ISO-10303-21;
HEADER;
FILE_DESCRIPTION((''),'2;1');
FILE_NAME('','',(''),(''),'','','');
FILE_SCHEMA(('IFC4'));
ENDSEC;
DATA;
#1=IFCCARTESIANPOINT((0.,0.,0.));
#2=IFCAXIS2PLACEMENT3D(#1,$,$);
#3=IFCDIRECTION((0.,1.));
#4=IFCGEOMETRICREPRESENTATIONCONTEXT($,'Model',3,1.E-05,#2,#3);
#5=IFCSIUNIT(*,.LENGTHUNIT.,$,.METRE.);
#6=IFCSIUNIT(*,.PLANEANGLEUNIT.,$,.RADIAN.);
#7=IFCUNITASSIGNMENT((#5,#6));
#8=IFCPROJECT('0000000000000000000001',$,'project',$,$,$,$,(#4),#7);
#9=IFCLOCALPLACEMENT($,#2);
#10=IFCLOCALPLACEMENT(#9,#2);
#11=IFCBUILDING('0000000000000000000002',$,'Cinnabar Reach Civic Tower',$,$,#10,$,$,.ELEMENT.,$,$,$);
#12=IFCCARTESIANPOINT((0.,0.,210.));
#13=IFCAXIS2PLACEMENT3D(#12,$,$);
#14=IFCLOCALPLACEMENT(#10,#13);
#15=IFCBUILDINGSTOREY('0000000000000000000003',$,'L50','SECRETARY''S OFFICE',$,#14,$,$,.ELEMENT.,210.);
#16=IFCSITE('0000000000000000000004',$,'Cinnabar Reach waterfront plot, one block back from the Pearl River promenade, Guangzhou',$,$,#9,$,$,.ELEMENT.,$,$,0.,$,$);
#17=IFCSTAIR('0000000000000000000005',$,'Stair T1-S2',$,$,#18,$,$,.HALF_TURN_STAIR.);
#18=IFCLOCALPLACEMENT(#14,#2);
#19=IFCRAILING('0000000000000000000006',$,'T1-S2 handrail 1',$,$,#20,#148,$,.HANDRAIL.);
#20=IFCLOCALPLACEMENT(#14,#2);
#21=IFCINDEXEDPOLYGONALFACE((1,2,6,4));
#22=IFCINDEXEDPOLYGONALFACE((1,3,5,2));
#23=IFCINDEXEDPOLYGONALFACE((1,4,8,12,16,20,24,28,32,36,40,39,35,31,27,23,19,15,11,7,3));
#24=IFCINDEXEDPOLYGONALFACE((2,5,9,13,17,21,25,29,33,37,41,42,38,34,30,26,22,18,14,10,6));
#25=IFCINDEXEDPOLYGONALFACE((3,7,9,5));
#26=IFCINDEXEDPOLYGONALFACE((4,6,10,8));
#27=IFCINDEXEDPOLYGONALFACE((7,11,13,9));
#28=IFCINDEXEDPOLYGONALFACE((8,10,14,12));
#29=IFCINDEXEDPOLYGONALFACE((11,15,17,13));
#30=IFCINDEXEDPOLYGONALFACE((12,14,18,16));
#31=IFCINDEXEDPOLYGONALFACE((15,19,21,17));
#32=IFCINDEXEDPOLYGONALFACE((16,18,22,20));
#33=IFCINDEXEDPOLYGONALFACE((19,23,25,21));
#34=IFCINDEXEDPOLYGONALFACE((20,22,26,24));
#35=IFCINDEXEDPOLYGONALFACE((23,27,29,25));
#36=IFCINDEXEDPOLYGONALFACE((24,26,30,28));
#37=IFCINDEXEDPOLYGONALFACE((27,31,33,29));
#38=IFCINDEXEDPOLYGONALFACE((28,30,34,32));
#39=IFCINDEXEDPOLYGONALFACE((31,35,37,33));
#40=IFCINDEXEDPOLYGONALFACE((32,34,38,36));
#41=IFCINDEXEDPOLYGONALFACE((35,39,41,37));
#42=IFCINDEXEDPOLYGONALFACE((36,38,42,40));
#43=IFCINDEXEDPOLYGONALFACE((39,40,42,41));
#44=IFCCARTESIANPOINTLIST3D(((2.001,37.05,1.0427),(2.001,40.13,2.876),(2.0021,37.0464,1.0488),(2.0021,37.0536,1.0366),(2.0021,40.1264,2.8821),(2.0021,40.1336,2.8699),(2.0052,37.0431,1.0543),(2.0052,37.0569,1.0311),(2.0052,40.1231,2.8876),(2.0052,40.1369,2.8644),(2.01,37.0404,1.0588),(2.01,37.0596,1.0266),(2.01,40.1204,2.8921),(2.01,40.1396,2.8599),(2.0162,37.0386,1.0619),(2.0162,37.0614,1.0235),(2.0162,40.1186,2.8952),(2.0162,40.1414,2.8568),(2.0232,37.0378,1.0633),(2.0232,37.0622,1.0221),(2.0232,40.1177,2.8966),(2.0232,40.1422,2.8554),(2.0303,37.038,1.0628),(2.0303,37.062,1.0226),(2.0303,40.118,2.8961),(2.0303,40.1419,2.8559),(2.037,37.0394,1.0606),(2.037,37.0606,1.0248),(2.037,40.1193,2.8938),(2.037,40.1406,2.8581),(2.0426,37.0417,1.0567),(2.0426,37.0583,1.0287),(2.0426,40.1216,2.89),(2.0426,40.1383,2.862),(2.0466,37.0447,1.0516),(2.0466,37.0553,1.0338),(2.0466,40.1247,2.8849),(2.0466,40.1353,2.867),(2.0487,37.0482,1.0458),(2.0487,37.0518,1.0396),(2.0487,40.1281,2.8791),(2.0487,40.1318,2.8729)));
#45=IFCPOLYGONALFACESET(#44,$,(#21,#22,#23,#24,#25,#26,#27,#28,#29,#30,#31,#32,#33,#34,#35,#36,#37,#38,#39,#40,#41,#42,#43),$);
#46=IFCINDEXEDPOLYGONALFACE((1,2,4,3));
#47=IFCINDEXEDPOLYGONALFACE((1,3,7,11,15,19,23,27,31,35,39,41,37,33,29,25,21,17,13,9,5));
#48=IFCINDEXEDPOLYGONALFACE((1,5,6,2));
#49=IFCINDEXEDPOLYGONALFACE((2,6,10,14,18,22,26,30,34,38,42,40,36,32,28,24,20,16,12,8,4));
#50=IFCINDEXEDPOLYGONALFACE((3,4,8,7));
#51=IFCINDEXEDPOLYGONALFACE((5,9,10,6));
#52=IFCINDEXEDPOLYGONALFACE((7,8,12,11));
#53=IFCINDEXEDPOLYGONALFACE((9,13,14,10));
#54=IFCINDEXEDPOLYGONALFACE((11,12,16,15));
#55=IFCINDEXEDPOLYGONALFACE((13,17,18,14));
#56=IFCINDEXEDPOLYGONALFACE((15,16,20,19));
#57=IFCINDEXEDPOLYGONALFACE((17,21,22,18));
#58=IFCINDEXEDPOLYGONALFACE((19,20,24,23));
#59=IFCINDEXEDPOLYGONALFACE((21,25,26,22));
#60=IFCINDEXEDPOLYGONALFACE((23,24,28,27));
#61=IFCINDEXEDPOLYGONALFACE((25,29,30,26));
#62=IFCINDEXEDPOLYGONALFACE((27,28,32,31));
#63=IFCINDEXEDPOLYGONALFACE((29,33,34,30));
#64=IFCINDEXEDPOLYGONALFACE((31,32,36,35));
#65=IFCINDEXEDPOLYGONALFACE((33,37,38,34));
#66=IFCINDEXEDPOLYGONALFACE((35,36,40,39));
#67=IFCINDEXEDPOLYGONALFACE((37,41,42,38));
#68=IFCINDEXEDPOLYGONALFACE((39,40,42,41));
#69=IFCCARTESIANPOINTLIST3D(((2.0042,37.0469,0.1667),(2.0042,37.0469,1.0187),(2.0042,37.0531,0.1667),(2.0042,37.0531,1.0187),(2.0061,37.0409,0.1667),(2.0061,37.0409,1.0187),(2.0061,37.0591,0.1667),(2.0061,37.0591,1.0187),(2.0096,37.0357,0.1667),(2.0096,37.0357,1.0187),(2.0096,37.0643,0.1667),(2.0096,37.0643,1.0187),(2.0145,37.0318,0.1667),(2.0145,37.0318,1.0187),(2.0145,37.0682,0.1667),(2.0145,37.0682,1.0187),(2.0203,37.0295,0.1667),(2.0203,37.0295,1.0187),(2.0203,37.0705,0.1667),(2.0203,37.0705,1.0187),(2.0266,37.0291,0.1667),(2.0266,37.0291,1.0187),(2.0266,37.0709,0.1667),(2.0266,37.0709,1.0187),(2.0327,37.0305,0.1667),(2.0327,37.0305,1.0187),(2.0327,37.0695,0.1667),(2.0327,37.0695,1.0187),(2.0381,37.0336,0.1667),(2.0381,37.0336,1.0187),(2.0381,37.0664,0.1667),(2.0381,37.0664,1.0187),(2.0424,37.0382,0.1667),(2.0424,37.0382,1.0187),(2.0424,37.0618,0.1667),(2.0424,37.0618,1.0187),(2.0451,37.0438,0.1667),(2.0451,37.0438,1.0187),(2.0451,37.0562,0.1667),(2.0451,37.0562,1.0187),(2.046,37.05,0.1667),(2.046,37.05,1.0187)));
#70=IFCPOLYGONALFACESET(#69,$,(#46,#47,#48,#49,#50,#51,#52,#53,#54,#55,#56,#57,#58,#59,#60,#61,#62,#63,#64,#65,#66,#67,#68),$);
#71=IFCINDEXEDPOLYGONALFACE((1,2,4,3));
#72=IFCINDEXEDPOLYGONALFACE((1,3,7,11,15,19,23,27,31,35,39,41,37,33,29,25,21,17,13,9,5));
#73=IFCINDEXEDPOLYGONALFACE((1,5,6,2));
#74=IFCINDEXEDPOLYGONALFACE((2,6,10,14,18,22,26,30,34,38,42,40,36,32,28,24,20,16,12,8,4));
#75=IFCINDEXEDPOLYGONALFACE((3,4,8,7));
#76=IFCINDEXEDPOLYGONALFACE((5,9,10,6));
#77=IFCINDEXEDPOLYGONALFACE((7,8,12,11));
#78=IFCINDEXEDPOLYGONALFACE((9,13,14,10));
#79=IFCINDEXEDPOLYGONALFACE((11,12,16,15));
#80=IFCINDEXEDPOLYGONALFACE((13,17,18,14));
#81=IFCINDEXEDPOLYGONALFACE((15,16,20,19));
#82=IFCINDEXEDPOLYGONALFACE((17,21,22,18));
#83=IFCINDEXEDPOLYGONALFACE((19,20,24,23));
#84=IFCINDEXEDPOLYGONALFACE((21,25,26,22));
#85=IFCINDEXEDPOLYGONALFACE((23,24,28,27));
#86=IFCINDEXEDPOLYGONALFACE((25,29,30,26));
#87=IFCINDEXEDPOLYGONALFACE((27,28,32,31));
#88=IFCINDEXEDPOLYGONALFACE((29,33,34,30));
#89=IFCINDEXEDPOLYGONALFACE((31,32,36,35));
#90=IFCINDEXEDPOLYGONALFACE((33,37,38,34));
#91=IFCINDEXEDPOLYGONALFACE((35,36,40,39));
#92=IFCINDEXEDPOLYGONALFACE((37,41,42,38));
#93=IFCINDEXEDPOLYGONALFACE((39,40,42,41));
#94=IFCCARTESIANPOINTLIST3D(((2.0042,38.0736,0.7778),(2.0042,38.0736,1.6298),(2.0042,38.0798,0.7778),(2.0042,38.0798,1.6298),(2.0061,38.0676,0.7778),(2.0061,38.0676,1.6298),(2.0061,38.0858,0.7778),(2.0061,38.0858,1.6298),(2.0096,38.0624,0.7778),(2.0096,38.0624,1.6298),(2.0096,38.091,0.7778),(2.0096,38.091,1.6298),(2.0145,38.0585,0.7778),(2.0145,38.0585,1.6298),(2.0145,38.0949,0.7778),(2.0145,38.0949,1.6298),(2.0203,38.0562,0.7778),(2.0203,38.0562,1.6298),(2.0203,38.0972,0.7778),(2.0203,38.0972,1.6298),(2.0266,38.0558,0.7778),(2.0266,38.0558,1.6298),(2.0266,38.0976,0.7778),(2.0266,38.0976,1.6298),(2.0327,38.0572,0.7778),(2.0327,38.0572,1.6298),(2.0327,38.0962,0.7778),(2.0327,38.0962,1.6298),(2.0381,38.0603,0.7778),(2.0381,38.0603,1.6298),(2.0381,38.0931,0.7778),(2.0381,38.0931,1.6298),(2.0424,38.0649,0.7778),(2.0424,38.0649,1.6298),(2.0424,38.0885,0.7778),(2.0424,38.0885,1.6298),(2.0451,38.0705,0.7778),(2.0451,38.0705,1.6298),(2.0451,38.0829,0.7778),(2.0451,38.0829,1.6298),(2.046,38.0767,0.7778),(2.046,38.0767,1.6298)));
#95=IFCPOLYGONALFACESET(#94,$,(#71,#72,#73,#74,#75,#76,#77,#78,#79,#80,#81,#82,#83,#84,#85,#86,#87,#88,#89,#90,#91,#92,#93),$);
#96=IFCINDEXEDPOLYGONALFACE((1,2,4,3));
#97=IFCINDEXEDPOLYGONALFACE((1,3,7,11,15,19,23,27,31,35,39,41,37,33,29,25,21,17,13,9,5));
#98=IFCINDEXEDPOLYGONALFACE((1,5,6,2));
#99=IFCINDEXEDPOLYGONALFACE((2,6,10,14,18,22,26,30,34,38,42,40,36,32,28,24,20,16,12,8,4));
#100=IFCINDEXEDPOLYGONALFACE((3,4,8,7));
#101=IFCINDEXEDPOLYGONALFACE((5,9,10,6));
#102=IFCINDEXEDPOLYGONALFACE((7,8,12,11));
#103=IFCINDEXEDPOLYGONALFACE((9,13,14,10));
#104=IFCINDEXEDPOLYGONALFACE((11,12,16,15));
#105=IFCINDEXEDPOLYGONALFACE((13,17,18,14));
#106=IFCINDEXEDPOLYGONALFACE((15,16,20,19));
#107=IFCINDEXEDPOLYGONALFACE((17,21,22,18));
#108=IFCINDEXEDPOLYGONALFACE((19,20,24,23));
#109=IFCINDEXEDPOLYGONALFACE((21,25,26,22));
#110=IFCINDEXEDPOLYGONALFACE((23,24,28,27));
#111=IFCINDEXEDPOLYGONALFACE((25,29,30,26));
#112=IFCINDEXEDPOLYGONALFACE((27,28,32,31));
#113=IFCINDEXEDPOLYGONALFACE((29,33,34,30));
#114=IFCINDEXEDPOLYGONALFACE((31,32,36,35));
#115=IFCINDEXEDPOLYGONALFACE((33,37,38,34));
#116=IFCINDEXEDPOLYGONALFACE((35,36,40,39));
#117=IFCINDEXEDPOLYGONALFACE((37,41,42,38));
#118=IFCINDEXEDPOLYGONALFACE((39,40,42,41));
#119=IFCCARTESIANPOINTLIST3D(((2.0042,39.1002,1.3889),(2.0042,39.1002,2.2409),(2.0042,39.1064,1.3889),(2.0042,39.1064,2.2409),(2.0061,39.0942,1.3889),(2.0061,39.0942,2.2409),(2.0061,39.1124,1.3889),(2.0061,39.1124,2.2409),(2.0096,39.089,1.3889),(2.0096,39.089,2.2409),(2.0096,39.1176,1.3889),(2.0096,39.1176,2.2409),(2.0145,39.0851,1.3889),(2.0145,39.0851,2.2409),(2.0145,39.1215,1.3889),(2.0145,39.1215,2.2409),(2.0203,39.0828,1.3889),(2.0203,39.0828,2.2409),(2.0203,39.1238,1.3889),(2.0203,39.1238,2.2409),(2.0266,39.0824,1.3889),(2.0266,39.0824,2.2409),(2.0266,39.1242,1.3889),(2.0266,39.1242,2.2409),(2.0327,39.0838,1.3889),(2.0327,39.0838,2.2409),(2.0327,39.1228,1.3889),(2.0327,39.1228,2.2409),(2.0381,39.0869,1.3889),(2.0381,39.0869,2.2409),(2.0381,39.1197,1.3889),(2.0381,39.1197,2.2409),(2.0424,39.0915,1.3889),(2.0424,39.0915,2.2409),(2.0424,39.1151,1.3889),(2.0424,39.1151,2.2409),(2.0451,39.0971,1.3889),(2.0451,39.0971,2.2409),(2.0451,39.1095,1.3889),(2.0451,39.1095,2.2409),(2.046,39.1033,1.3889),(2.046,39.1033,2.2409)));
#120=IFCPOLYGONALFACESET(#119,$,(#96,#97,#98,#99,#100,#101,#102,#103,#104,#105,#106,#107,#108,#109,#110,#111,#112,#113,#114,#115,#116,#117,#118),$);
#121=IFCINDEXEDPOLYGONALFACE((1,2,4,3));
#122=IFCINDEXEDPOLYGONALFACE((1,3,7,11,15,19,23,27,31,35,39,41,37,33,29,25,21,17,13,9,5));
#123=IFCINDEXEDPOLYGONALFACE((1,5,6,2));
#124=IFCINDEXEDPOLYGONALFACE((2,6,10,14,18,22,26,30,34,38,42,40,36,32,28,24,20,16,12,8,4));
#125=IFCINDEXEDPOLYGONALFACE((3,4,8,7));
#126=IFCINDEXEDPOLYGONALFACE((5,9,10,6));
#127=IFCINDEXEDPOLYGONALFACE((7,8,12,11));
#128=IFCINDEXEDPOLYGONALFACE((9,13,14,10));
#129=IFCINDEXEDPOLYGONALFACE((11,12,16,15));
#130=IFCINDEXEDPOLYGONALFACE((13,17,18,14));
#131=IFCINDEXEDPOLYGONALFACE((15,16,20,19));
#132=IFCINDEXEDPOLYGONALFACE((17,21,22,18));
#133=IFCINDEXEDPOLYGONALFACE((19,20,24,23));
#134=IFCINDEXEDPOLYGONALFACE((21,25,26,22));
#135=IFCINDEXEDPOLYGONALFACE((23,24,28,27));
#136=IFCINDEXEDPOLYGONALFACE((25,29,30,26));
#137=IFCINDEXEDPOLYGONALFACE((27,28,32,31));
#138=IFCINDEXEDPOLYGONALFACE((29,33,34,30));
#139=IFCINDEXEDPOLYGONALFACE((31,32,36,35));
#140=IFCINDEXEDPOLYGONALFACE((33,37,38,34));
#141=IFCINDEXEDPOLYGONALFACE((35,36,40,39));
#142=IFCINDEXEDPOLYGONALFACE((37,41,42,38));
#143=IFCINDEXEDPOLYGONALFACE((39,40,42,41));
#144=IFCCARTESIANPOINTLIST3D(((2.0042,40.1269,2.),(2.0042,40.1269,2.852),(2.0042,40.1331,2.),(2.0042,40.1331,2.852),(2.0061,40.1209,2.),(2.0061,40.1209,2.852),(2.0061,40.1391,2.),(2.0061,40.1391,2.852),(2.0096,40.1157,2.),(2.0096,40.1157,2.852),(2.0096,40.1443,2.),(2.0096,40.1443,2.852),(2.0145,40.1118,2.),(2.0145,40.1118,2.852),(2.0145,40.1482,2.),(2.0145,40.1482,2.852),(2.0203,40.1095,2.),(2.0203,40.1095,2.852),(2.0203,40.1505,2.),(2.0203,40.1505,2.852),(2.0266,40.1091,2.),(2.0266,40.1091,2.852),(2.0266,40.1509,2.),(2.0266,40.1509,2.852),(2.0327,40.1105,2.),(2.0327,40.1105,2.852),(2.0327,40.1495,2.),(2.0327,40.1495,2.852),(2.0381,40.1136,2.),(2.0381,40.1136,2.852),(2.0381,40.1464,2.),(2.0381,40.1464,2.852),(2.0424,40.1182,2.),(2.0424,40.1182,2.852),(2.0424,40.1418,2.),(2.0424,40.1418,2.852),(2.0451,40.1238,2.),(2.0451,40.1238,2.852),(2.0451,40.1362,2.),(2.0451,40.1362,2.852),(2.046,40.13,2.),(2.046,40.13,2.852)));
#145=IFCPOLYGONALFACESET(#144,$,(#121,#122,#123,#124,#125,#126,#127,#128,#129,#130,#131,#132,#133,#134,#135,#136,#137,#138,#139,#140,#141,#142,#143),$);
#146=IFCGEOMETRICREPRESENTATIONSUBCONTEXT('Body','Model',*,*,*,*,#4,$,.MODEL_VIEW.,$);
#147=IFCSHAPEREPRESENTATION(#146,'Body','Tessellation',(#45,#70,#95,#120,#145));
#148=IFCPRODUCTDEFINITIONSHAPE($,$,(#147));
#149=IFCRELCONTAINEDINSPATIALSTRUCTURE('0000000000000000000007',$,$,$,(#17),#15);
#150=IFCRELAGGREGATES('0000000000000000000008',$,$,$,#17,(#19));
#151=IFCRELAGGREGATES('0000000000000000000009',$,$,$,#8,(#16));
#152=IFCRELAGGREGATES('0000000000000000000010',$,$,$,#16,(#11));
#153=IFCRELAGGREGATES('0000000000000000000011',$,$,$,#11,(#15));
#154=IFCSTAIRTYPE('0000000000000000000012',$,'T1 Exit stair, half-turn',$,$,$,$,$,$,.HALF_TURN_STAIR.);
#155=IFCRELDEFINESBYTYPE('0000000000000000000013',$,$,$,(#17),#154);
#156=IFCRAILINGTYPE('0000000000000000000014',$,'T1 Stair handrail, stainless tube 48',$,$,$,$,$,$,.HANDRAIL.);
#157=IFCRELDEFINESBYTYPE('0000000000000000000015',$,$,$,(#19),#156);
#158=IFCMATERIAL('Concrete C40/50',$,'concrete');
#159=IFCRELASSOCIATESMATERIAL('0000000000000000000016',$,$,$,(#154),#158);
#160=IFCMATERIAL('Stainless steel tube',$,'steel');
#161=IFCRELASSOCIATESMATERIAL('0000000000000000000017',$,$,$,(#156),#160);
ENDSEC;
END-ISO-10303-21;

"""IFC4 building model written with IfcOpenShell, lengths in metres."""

from ifc_helpers import new_model, si_unit, direction, frame, origin, origin_2d, place, context, subcontext, project, spatial, circle, extrude, material, type_object, element, aggregate, save


model = new_model("IFC4")

# Units and contexts
model_context = context("Model", 3, precision=1e-05, world=origin(), true_north=direction((0.0, 1.0)))
body_context = subcontext(model_context, "Body", "Model", "MODEL_VIEW")
ifc_project = project(units=[si_unit("LENGTHUNIT", "METRE"), si_unit("PLANEANGLEUNIT", "RADIAN")], contexts=[model_context])

# Site, building, storey
site_placement = place(None, origin())
site = spatial("IfcSite", under=ifc_project, at=site_placement, Name="Cinnabar Reach waterfront plot, one block back from the Pearl River promenade, Guangzhou", CompositionType="ELEMENT", RefElevation=0.0)
building_placement = place(site_placement, origin())
building = spatial("IfcBuilding", under=site, at=building_placement, Name="Cinnabar Reach Civic Tower", CompositionType="ELEMENT")
storey_placement = place(building_placement, frame((0.0, 0.0, 210.0)))
storey = spatial("IfcBuildingStorey", under=building, at=storey_placement, Name="L50", Description="SECRETARY'S OFFICE", CompositionType="ELEMENT", Elevation=210.0)

# Shared definitions
ifc_material_1 = material(Name="Concrete C40/50", Category="concrete")

# Stair, railing
stair_type = type_object("IfcStairType", Name="T1 Exit stair, half-turn", PredefinedType="HALF_TURN_STAIR", material=ifc_material_1)
stair_placement = place(storey_placement, origin())
stair = element("IfcStair", 1, at=stair_placement, inside=storey, type_object=stair_type, Name="Stair T1-S2", PredefinedType="HALF_TURN_STAIR")
ifc_material_2 = material(Name="Stainless steel tube", Category="steel")
railing_type = type_object("IfcRailingType", Name="T1 Stair handrail, stainless tube 48", PredefinedType="HANDRAIL", material=ifc_material_2)
railing_1_placement = place(storey_placement, frame((2.025, 37.05, 0.1667)))
railing_1 = element("IfcRailing", 2, at=railing_1_placement, type_object=railing_type, Name="T1-S2 handrail 1", PredefinedType="HANDRAIL", context=body_context, shape_type="SweptSolid", body=[
    extrude(circle(Radius=0.024, at=origin_2d()), frame((0.0, 0.0, 0.876), z_axis=(0.0, 0.859297, 0.511477), x_axis=(-1.0, 0.0, 0.0)), (0.0, 0.0, 1.0), 3.5843),
    extrude(circle(Radius=0.021, at=origin_2d()), origin(), (0.0, 0.0, 1.0), 0.852),
    extrude(circle(Radius=0.021, at=origin_2d()), frame((0.0, 1.0267, 0.6111)), (0.0, 0.0, 1.0), 0.852),
    extrude(circle(Radius=0.021, at=origin_2d()), frame((0.0, 2.0533, 1.2222)), (0.0, 0.0, 1.0), 0.852),
    extrude(circle(Radius=0.021, at=origin_2d()), frame((0.0, 3.08, 1.8333)), (0.0, 0.0, 1.0), 0.852),
])
aggregate(stair, [railing_1])

save(model, "model.ifc")
